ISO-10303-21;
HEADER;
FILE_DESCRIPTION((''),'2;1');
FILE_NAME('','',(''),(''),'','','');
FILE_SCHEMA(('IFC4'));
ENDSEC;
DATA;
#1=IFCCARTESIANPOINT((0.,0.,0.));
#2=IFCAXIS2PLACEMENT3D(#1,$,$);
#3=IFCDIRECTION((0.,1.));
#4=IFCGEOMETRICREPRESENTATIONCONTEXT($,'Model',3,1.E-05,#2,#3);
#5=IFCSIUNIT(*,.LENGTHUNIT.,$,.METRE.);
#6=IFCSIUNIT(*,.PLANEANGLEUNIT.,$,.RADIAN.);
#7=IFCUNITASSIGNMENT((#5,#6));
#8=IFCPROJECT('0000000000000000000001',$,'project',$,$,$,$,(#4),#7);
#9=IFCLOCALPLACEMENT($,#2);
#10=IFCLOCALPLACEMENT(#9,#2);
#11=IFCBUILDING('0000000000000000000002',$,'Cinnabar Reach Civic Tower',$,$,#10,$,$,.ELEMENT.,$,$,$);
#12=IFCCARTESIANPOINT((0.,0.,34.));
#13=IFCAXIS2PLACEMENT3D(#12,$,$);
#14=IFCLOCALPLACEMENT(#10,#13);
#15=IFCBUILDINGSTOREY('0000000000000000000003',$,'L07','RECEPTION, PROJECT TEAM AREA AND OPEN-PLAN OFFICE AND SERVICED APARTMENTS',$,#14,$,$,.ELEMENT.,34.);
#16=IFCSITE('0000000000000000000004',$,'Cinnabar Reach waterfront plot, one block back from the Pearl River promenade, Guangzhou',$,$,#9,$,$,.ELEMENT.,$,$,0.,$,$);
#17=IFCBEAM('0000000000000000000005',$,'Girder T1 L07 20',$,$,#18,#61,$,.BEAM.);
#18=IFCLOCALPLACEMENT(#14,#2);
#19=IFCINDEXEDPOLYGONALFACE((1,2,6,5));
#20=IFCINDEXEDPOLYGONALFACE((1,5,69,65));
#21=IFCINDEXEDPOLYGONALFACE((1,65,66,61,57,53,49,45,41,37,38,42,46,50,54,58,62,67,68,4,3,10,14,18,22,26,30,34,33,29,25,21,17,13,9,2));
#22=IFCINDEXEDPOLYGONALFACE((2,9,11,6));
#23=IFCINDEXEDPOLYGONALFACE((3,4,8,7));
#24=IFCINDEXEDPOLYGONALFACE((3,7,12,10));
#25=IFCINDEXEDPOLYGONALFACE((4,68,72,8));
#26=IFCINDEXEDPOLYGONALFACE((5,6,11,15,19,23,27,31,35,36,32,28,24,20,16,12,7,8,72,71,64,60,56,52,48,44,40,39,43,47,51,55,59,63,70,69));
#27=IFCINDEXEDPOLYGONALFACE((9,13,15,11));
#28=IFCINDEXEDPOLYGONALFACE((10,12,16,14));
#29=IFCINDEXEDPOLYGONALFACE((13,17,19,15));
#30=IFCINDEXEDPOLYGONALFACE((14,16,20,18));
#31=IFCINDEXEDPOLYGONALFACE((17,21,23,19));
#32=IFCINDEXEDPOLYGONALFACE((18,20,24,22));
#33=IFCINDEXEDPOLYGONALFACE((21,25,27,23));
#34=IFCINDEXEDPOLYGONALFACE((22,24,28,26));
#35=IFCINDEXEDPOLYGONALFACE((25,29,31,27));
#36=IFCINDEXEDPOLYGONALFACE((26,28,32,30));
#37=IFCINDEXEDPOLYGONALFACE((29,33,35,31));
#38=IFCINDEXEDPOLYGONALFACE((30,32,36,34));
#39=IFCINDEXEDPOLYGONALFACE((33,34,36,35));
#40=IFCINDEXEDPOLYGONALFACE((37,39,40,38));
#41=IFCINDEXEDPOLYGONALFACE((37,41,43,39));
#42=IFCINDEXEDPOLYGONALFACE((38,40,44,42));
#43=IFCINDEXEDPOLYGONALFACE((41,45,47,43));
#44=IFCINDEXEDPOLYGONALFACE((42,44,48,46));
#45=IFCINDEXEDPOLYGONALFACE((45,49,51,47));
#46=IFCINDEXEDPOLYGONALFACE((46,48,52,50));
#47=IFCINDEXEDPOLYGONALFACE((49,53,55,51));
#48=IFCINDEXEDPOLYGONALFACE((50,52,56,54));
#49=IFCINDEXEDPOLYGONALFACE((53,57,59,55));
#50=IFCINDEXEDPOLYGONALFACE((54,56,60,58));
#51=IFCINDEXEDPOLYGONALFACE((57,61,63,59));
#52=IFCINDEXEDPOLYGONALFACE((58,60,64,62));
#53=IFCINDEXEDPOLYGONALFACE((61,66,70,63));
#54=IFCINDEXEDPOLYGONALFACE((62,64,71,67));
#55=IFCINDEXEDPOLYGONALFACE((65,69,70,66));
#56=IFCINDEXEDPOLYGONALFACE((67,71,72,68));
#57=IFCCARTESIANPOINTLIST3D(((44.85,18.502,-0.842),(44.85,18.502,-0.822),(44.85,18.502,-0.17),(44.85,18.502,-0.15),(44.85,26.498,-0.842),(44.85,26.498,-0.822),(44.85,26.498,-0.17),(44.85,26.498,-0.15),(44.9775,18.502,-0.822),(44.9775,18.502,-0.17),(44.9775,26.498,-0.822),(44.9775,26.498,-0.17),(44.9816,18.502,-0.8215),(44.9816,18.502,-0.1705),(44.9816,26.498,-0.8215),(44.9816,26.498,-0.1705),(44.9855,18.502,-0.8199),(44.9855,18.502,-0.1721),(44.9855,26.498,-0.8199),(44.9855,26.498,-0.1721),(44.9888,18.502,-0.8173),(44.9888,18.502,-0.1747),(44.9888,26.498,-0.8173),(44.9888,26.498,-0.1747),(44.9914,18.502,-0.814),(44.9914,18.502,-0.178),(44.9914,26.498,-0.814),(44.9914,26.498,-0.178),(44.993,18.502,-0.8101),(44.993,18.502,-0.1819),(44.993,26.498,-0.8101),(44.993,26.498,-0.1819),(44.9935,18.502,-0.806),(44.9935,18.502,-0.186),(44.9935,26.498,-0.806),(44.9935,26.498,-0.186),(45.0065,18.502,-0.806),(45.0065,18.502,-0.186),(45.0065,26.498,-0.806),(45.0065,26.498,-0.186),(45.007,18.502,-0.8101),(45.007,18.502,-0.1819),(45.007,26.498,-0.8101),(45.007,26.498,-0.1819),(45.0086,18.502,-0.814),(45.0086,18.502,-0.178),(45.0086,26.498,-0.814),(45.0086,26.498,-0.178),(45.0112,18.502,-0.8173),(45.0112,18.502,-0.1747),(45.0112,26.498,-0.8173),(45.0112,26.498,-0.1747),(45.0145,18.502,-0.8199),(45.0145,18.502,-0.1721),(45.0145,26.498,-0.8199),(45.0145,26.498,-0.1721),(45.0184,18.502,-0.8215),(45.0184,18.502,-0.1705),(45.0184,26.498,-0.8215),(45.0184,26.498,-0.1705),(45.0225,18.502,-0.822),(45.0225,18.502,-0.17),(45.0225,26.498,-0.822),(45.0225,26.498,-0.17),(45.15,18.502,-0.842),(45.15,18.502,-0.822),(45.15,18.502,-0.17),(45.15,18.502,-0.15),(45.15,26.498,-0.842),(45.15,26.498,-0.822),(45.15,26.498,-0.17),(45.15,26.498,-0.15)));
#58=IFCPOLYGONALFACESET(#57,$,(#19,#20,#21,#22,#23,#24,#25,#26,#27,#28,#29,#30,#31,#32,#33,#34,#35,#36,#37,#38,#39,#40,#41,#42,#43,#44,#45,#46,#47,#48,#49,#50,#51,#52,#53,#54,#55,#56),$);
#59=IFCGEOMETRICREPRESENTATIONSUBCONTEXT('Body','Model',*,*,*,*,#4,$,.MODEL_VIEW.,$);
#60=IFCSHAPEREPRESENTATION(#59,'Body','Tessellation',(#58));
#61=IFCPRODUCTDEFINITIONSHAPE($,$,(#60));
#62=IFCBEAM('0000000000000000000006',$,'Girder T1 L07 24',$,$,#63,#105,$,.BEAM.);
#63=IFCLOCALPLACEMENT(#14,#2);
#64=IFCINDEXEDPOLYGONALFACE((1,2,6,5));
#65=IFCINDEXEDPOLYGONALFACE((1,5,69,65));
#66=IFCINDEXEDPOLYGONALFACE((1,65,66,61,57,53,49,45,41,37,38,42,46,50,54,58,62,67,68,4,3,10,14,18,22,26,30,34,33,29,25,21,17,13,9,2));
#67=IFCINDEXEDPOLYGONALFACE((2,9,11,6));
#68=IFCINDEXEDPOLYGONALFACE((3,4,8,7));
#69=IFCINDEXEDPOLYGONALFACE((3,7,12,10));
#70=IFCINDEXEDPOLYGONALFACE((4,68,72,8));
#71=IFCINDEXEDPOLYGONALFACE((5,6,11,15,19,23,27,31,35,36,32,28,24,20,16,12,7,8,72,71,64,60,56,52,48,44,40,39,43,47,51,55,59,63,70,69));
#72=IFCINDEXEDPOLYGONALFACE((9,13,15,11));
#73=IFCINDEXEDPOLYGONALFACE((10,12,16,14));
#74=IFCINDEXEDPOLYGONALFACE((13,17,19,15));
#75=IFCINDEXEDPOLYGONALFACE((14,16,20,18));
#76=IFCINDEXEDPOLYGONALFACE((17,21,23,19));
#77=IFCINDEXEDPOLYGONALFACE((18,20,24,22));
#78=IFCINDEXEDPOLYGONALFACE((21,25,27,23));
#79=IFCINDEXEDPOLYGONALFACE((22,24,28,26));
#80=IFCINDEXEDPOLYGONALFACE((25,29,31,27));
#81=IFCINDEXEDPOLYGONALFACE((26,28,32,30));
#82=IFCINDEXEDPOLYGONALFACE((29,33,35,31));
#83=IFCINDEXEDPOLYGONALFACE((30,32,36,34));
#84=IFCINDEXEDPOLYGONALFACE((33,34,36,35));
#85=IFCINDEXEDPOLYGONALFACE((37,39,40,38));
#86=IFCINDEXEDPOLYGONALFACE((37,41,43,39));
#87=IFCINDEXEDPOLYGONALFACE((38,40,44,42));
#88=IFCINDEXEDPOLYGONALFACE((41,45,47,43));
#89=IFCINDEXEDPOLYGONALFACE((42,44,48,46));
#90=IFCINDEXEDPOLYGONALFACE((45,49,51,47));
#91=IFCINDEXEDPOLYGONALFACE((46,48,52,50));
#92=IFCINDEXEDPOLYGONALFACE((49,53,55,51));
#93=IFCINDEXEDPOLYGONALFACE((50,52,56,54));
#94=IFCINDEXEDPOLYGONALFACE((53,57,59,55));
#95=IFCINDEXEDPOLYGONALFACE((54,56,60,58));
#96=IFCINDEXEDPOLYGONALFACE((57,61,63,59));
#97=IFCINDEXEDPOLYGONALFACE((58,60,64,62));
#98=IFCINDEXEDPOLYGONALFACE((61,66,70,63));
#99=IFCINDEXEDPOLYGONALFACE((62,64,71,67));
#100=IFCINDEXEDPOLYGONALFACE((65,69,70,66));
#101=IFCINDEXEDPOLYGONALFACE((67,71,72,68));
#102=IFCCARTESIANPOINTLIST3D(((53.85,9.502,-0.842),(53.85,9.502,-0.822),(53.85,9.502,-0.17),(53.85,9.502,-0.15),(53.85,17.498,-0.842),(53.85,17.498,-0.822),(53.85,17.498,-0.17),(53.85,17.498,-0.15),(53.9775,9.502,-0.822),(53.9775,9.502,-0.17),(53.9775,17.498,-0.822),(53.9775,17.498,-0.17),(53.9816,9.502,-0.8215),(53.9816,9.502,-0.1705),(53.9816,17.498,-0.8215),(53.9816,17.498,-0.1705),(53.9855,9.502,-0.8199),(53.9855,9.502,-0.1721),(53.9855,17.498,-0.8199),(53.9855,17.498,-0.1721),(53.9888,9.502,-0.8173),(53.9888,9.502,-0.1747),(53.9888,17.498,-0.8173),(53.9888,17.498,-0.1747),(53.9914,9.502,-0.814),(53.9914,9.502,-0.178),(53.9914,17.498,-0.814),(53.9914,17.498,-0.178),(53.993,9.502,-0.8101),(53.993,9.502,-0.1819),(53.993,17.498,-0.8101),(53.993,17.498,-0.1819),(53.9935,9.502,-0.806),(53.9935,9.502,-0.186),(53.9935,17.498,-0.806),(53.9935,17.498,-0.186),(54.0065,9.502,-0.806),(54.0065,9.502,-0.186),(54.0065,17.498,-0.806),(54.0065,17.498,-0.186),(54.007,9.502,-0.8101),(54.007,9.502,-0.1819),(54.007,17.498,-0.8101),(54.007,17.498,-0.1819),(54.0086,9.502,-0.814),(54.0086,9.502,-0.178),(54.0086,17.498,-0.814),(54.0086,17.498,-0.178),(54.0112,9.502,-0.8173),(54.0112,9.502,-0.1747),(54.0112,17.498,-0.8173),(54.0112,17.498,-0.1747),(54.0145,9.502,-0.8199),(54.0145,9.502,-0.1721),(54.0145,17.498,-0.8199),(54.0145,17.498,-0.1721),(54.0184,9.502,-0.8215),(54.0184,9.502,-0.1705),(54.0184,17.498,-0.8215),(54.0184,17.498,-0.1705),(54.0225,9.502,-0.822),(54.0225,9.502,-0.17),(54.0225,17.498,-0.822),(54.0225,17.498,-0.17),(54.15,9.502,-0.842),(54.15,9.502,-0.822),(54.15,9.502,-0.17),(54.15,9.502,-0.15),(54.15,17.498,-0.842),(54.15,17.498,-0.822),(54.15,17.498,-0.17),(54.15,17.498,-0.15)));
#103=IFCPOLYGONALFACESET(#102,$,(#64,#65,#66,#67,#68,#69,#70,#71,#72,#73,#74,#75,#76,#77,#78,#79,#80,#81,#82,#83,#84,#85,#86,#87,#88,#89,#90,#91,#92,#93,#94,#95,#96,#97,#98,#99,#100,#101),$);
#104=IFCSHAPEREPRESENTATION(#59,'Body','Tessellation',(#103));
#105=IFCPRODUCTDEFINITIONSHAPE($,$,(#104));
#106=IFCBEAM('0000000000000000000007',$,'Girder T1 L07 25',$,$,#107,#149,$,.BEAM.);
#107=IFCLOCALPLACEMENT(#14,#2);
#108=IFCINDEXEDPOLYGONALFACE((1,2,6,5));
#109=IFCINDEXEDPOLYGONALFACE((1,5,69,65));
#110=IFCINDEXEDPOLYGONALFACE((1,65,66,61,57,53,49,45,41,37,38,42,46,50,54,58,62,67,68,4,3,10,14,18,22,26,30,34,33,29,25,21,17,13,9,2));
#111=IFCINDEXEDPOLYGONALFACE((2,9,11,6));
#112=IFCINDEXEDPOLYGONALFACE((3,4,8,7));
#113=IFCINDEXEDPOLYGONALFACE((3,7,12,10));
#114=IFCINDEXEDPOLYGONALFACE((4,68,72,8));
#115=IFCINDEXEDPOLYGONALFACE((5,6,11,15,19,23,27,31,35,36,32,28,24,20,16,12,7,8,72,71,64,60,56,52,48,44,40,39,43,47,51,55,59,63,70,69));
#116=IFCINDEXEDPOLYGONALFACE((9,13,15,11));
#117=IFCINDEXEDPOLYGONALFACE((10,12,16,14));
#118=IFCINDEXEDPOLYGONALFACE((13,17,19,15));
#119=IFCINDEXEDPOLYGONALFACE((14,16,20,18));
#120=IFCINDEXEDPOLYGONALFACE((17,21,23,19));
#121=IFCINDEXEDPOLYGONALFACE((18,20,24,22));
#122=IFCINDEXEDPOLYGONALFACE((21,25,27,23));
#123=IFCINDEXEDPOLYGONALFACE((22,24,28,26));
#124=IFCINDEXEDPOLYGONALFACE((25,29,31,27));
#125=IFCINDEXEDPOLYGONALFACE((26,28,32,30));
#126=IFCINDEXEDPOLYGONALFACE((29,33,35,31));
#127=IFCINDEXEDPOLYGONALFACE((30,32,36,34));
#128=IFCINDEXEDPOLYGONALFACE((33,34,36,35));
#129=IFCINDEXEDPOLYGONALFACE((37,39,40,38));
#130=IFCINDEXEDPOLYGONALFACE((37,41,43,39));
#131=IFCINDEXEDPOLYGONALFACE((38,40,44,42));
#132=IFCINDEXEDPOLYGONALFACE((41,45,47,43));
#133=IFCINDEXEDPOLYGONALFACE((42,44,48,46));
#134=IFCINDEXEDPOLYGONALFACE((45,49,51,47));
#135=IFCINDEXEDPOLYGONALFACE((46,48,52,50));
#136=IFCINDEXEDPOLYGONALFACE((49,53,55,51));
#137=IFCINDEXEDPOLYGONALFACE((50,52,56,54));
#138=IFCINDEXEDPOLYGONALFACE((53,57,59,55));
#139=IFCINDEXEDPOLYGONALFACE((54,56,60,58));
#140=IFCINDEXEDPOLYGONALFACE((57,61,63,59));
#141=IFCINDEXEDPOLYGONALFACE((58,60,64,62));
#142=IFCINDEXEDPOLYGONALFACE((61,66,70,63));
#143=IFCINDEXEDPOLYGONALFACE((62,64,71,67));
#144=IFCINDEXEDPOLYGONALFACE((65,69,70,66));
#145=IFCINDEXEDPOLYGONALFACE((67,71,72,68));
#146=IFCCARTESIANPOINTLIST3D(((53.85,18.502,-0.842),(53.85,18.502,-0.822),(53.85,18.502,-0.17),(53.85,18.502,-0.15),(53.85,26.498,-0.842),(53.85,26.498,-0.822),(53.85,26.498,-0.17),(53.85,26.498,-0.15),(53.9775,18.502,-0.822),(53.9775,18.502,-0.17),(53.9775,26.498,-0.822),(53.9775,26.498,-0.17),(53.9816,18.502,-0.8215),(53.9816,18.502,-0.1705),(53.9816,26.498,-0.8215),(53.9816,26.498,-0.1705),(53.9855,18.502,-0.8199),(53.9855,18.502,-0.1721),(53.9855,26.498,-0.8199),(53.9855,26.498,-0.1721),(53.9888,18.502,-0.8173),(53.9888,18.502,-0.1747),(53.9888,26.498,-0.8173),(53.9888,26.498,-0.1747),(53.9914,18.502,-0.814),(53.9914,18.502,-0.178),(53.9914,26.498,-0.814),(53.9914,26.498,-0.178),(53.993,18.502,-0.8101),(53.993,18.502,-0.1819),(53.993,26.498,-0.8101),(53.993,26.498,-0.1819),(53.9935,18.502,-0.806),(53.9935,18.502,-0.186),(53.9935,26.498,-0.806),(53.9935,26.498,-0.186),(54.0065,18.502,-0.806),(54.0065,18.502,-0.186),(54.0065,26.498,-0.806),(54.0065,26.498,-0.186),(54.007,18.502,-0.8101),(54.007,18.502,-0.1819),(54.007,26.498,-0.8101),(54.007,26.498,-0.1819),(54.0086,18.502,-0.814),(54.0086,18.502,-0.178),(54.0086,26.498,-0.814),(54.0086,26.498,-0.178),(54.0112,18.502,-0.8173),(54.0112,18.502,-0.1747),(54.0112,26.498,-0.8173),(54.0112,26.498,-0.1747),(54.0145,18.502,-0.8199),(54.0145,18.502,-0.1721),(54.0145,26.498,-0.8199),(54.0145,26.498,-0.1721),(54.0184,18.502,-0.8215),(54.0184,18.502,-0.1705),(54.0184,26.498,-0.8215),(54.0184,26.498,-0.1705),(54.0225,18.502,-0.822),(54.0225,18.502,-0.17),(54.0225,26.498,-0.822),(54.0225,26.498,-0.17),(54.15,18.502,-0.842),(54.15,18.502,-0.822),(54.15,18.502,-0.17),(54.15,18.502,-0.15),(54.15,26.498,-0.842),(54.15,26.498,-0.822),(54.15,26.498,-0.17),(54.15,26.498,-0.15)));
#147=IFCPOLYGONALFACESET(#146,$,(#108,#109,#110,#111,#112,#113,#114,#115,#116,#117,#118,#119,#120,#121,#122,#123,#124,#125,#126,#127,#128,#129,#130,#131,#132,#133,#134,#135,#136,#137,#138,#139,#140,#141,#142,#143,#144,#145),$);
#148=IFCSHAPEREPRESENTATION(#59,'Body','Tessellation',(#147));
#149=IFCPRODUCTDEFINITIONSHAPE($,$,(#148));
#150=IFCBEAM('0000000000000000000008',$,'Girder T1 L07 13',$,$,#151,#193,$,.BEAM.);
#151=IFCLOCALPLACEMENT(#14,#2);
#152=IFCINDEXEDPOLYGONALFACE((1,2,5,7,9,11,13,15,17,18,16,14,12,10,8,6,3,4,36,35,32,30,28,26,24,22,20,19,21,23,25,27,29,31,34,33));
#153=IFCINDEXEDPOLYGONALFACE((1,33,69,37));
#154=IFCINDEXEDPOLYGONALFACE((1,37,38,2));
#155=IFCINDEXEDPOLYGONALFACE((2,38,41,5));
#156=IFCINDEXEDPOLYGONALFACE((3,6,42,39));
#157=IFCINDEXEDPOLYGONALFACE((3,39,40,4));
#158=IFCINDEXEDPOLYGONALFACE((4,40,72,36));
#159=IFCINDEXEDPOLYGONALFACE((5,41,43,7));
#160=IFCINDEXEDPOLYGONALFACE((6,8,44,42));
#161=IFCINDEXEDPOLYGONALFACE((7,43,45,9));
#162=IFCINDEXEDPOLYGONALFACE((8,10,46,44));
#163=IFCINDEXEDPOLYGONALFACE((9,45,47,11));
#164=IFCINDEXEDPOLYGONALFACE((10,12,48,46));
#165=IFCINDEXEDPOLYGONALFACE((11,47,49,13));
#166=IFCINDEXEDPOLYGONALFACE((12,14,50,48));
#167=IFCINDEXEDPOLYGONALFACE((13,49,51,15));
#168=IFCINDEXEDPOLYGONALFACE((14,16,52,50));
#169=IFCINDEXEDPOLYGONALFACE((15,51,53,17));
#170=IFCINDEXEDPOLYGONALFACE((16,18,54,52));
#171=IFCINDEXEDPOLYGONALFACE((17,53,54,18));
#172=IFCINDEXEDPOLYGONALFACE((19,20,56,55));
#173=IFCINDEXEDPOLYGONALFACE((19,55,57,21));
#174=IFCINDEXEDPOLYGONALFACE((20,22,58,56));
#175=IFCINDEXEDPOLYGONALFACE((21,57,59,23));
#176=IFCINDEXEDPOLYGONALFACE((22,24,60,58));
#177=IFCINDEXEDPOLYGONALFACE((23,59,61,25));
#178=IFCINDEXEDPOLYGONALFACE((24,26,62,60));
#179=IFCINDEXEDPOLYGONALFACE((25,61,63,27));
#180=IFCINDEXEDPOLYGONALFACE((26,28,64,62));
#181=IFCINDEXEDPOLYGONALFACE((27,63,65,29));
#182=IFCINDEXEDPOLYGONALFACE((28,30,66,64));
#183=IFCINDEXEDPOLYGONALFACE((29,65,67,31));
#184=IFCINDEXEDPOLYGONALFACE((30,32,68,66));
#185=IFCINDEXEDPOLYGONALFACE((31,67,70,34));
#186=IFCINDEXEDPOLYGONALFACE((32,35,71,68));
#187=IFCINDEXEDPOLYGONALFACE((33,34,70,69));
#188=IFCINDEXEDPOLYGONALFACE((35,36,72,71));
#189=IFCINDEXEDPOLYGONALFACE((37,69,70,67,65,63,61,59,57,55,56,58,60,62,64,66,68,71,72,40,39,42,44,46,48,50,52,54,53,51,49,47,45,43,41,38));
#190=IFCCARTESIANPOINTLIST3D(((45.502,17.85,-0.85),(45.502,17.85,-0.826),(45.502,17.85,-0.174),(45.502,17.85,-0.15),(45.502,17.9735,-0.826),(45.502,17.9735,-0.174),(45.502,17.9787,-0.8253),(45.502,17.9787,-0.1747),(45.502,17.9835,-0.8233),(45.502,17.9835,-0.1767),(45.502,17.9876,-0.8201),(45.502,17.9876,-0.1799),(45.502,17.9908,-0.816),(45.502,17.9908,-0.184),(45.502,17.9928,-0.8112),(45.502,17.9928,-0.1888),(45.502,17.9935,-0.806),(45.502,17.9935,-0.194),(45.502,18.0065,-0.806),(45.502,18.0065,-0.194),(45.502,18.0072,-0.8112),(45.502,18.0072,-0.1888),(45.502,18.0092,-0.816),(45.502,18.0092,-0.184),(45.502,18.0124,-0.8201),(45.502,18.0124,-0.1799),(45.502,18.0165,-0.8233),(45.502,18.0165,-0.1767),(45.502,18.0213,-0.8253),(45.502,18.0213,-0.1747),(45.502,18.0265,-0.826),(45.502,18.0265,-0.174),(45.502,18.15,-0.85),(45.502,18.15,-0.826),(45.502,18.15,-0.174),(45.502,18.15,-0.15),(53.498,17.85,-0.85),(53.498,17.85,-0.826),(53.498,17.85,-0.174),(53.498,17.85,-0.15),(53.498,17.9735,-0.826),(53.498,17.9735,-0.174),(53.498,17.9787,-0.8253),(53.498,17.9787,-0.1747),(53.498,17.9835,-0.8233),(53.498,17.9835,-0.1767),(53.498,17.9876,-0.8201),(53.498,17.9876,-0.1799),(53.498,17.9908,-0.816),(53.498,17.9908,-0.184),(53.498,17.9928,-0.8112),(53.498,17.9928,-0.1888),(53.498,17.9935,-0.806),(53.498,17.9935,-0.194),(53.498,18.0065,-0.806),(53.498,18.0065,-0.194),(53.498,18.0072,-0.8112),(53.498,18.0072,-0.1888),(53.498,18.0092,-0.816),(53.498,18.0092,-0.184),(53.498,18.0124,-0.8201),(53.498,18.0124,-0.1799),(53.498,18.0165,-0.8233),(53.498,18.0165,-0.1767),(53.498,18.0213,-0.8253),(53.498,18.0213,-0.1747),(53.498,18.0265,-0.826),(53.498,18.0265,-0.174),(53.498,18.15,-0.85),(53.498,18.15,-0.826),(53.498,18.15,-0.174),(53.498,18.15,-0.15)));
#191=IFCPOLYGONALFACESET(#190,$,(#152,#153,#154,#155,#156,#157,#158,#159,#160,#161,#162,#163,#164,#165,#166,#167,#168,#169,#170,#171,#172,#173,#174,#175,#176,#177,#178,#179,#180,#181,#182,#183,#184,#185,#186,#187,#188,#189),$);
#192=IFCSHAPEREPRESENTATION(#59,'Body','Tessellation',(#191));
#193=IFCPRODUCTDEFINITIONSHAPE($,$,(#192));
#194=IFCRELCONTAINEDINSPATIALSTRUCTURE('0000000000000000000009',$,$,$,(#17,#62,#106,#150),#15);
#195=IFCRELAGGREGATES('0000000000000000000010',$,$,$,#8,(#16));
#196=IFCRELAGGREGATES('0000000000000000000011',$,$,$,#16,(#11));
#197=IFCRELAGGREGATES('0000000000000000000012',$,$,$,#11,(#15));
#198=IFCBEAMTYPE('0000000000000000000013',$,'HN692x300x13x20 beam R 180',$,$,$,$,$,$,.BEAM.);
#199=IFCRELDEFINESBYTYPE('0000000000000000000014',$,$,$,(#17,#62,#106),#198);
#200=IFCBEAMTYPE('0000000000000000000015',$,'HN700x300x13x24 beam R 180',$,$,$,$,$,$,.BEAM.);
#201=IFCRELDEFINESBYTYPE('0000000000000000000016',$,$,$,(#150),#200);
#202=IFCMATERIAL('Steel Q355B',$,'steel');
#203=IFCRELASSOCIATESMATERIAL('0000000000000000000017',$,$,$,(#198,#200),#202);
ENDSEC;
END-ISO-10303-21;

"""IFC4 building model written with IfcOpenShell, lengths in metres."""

from ifc_helpers import new_model, si_unit, direction, frame, origin, origin_2d, place, context, subcontext, project, spatial, i_section, extrude, material, material_profile, profile_set, type_object, element, save


model = new_model("IFC4")

# Units and contexts
model_context = context("Model", 3, precision=1e-05, world=origin(), true_north=direction((0.0, 1.0)))
body_context = subcontext(model_context, "Body", "Model", "MODEL_VIEW")
ifc_project = project(units=[si_unit("LENGTHUNIT", "METRE"), si_unit("PLANEANGLEUNIT", "RADIAN")], contexts=[model_context])

# Site, building, storey
site_placement = place(None, origin())
site = spatial("IfcSite", under=ifc_project, at=site_placement, Name="Cinnabar Reach waterfront plot, one block back from the Pearl River promenade, Guangzhou", CompositionType="ELEMENT", RefElevation=0.0)
building_placement = place(site_placement, origin())
building = spatial("IfcBuilding", under=site, at=building_placement, Name="Cinnabar Reach Civic Tower", CompositionType="ELEMENT")
storey_placement = place(building_placement, frame((0.0, 0.0, 34.0)))
storey = spatial("IfcBuildingStorey", under=building, at=storey_placement, Name="L07", Description="RECEPTION, PROJECT TEAM AREA AND OPEN-PLAN OFFICE AND SERVICED APARTMENTS", CompositionType="ELEMENT", Elevation=34.0)

# Beams
ifc_material_1 = material(Name="Steel Q355B", Category="steel")
ifc_material_profile_1 = material_profile(ifc_material_1, i_section(OverallWidth=0.3, OverallDepth=0.692, WebThickness=0.013, FlangeThickness=0.02, FilletRadius=0.016, at=origin_2d()), Name="HN692x300x13x20")
ifc_profile_set_1 = profile_set([ifc_material_profile_1], Name="Steel Q355B")
beam_type_1 = type_object("IfcBeamType", Name="HN692x300x13x20 beam R 180", PredefinedType="BEAM", material=ifc_profile_set_1)
for number, where, z_axis, x_axis, name in (
    (1, (45.0, 18.502, -0.496), (0.0, 1.0, 0.0), (-1.0, 0.0, 0.0), "Girder T1 L07 20"),
    (2, (54.0, 9.502, -0.496), (0.0, 1.0, 0.0), (-1.0, 0.0, 0.0), "Girder T1 L07 24"),
    (3, (54.0, 18.502, -0.496), (0.0, 1.0, 0.0), (-1.0, 0.0, 0.0), "Girder T1 L07 25"),
):
    element("IfcBeam", number, at=place(storey_placement, frame(where, z_axis=z_axis, x_axis=x_axis)), inside=storey, type_object=beam_type_1, Name=name, PredefinedType="BEAM", context=body_context, shape_type="SweptSolid", body=[
        extrude(i_section(OverallWidth=0.3, OverallDepth=0.692, WebThickness=0.013, FlangeThickness=0.02, FilletRadius=0.016, at=origin_2d()), origin(), (0.0, 0.0, 1.0), 7.996),
    ])
ifc_material_profile_2 = material_profile(ifc_material_1, i_section(OverallWidth=0.3, OverallDepth=0.7, WebThickness=0.013, FlangeThickness=0.024, FilletRadius=0.02, at=origin_2d()), Name="HN700x300x13x24")
ifc_profile_set_2 = profile_set([ifc_material_profile_2], Name="Steel Q355B")
beam_type_2 = type_object("IfcBeamType", Name="HN700x300x13x24 beam R 180", PredefinedType="BEAM", material=ifc_profile_set_2)
beam_1_placement = place(storey_placement, frame((45.502, 18.0, -0.5), z_axis=(1.0, 0.0, 0.0), x_axis=(0.0, 1.0, 0.0)))
element("IfcBeam", 4, at=beam_1_placement, inside=storey, type_object=beam_type_2, Name="Girder T1 L07 13", PredefinedType="BEAM", context=body_context, shape_type="SweptSolid", body=[
    extrude(i_section(OverallWidth=0.3, OverallDepth=0.7, WebThickness=0.013, FlangeThickness=0.024, FilletRadius=0.02, at=origin_2d()), origin(), (0.0, 0.0, 1.0), 7.996),
])

save(model, "model.ifc")
